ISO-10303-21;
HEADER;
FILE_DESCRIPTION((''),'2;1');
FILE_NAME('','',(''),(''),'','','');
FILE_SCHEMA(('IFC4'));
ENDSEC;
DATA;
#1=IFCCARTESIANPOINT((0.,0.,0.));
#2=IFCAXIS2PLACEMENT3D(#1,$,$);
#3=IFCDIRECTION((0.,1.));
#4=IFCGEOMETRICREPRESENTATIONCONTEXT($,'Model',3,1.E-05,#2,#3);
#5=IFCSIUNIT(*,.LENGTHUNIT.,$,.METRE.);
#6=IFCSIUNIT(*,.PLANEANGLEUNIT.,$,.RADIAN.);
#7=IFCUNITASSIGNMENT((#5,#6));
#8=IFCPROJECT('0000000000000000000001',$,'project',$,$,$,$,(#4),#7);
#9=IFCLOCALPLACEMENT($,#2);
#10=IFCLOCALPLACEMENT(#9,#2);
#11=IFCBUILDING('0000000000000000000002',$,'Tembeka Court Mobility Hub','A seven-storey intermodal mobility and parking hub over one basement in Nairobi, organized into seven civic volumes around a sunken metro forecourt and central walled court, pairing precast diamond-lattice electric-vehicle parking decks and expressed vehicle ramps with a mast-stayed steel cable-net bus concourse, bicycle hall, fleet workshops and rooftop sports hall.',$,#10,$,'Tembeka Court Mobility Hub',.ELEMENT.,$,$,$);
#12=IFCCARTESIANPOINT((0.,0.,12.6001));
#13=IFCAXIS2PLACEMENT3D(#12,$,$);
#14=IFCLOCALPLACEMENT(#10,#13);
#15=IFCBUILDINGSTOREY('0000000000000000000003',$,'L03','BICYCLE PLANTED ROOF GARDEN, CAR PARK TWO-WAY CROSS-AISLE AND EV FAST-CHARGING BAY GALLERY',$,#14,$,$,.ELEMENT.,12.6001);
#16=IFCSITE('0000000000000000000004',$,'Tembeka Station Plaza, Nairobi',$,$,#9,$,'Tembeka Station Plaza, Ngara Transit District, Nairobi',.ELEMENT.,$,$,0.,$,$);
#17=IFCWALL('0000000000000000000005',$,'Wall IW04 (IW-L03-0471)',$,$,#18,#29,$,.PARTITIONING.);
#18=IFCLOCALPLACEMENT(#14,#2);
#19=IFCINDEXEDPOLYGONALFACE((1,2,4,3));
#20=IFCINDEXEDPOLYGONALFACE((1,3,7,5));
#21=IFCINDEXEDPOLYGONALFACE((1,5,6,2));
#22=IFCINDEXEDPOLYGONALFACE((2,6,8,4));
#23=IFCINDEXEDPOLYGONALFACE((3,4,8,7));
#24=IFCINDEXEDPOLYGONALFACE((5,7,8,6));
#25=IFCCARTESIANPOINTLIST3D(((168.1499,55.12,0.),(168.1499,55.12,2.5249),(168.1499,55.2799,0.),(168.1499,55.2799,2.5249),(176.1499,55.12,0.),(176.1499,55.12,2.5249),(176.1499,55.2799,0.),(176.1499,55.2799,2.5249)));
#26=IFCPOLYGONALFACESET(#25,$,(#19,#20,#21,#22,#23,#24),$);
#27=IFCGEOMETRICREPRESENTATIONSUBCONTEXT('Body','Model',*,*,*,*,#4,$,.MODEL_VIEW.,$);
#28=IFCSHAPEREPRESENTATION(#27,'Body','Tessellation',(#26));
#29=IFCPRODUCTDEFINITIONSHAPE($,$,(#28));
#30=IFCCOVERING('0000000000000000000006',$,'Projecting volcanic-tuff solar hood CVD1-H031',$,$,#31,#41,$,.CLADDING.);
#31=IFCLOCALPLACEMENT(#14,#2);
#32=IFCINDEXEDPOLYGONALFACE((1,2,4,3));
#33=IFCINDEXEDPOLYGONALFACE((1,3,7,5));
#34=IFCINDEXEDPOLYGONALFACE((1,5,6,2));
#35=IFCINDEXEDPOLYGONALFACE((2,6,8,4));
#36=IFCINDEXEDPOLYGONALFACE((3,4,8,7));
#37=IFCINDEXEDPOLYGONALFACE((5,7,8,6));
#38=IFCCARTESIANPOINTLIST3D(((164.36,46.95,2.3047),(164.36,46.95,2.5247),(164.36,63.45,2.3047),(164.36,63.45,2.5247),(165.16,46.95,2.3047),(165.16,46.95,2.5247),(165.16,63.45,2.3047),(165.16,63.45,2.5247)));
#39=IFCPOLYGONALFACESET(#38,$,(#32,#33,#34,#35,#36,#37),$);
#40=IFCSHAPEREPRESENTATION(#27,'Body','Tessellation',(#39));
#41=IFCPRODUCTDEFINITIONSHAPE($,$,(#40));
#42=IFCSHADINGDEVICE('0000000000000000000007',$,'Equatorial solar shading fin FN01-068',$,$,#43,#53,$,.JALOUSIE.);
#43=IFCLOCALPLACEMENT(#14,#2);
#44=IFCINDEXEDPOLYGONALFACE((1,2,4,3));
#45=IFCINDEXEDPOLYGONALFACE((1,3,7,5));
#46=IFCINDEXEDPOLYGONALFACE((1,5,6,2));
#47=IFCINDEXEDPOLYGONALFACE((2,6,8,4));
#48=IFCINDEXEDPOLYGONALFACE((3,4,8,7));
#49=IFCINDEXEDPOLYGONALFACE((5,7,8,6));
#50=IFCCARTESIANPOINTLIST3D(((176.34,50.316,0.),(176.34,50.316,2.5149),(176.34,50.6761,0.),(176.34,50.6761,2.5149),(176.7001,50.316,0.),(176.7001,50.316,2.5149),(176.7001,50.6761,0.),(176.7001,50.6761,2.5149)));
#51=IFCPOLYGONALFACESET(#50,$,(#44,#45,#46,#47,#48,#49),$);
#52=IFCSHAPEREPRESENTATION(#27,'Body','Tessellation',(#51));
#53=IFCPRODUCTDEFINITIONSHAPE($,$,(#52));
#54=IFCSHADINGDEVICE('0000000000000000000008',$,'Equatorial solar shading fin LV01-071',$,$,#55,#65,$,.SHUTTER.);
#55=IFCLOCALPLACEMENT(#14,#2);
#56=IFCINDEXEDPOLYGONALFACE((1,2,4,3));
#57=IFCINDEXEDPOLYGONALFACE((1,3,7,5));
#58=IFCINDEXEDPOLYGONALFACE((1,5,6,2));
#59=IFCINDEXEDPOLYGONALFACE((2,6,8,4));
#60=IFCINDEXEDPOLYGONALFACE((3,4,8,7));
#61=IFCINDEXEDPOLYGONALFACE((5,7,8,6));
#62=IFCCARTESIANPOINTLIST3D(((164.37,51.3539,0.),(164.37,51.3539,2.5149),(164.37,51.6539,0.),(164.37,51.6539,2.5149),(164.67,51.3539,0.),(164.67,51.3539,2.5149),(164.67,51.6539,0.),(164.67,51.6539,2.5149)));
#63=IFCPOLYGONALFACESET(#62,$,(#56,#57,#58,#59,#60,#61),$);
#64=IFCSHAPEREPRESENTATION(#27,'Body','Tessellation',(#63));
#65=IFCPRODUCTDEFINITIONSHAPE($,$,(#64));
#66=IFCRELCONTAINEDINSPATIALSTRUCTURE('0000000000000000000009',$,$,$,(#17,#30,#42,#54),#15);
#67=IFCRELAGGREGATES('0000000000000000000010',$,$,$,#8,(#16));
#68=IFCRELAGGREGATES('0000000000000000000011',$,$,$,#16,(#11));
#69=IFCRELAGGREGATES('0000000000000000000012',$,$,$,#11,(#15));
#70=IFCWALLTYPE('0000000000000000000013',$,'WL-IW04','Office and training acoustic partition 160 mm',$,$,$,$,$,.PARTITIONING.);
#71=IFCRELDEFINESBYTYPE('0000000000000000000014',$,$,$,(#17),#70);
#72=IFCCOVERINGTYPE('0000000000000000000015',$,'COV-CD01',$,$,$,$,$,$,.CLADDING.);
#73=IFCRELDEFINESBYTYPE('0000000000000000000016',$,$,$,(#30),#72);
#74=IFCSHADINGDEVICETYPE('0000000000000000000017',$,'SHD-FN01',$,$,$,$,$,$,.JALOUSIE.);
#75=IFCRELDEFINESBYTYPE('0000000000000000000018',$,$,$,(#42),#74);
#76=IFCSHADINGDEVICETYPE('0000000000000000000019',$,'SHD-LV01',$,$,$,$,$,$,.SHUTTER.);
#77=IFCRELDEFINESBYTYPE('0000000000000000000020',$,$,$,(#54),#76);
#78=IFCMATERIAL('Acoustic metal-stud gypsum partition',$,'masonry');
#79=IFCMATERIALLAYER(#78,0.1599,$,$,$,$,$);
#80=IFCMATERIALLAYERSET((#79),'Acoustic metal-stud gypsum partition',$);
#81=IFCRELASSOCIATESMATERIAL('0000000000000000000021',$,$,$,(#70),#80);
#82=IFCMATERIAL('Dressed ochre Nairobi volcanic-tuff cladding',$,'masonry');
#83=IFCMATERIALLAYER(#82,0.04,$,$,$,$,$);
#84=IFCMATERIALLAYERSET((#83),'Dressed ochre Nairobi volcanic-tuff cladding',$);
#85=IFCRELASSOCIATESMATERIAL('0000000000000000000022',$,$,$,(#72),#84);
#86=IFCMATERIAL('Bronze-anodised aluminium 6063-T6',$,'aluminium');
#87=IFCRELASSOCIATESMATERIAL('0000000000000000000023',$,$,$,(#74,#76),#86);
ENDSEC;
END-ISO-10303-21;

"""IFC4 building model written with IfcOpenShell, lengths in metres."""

from ifc_helpers import new_model, si_unit, direction, frame, frame_2d, origin, origin_2d, place, context, subcontext, project, spatial, rectangle, extrude, material, layer, layer_set, material_profile, profile_set, type_object, element, save


model = new_model("IFC4")

# Units and contexts
model_context = context("Model", 3, precision=1e-05, world=origin(), true_north=direction((0.0, 1.0)))
body_context = subcontext(model_context, "Body", "Model", "MODEL_VIEW")
ifc_project = project(units=[si_unit("LENGTHUNIT", "METRE"), si_unit("PLANEANGLEUNIT", "RADIAN")], contexts=[model_context])

# Site, building, storey
site_placement = place(None, origin())
site = spatial("IfcSite", under=ifc_project, at=site_placement, Name="Tembeka Station Plaza, Nairobi", LongName="Tembeka Station Plaza, Ngara Transit District, Nairobi", CompositionType="ELEMENT", RefElevation=0.0)
building_placement = place(site_placement, origin())
building = spatial("IfcBuilding", under=site, at=building_placement, Name="Tembeka Court Mobility Hub", Description="A seven-storey intermodal mobility and parking hub over one basement in Nairobi, organized into seven civic volumes around a sunken metro forecourt and central walled court, pairing precast diamond-lattice electric-vehicle parking decks and expressed vehicle ramps with a mast-stayed steel cable-net bus concourse, bicycle hall, fleet workshops and rooftop sports hall.", LongName="Tembeka Court Mobility Hub", CompositionType="ELEMENT")
storey_placement = place(building_placement, frame((0.0, 0.0, 12.6001)))
storey = spatial("IfcBuildingStorey", under=building, at=storey_placement, Name="L03", Description="BICYCLE PLANTED ROOF GARDEN, CAR PARK TWO-WAY CROSS-AISLE AND EV FAST-CHARGING BAY GALLERY", CompositionType="ELEMENT", Elevation=12.6001)

# Wall
ifc_material_1 = material(Name="Acoustic metal-stud gypsum partition", Category="masonry")
ifc_layer_1 = layer(ifc_material_1, 0.1599)
ifc_layer_set_1 = layer_set([ifc_layer_1], Name="Acoustic metal-stud gypsum partition")
wall_type_1 = type_object("IfcWallType", Name="WL-IW04", Description="Office and training acoustic partition 160 mm", PredefinedType="PARTITIONING", material=ifc_layer_set_1)
wall_1_placement = place(storey_placement, frame((168.1499, 55.2, 0.0), z_axis=(0.0, 0.0, 1.0), x_axis=(1.0, 0.0, 0.0)))
element("IfcWall", 1, at=wall_1_placement, inside=storey, type_object=wall_type_1, Name="Wall IW04 (IW-L03-0471)", PredefinedType="PARTITIONING", context=body_context, shape_type="SweptSolid", body=[
    extrude(rectangle(XDim=8.0, YDim=0.1599, at=frame_2d((4.0, 0.0))), origin(), (0.0, 0.0, 1.0), 2.5249),
])

# Covering
ifc_material_2 = material(Name="Dressed ochre Nairobi volcanic-tuff cladding", Category="masonry")
ifc_layer_2 = layer(ifc_material_2, 0.04)
ifc_layer_set_2 = layer_set([ifc_layer_2], Name="Dressed ochre Nairobi volcanic-tuff cladding")
covering_type = type_object("IfcCoveringType", Name="COV-CD01", PredefinedType="CLADDING", material=ifc_layer_set_2)
covering_placement = place(storey_placement, frame((164.76, 55.2, 2.3047), z_axis=(0.0, 0.0, 1.0), x_axis=(0.0, 1.0, 0.0)))
element("IfcCovering", 2, at=covering_placement, inside=storey, type_object=covering_type, Name="Projecting volcanic-tuff solar hood CVD1-H031", PredefinedType="CLADDING", context=body_context, shape_type="SweptSolid", body=[
    extrude(rectangle(XDim=16.5, YDim=0.8, at=origin_2d()), origin(), (0.0, 0.0, 1.0), 0.22),
])

# Shading devices
ifc_material_3 = material(Name="Bronze-anodised aluminium 6063-T6", Category="aluminium")
ifc_material_profile_1 = material_profile(ifc_material_3, rectangle(XDim=0.3601, YDim=0.3601, at=origin_2d()), Name="ALU-FIN 360x360")
ifc_profile_set_1 = profile_set([ifc_material_profile_1], Name="Bronze-anodised aluminium 6063-T6")
shading_device_type_1 = type_object("IfcShadingDeviceType", Name="SHD-FN01", PredefinedType="JALOUSIE", material=ifc_profile_set_1)
shading_device_1_placement = place(storey_placement, frame((176.52, 50.4961, 0.0), z_axis=(0.0, 0.0, 1.0), x_axis=(1.0, 0.0, 0.0)))
element("IfcShadingDevice", 3, at=shading_device_1_placement, inside=storey, type_object=shading_device_type_1, Name="Equatorial solar shading fin FN01-068", PredefinedType="JALOUSIE", context=body_context, shape_type="SweptSolid", body=[
    extrude(rectangle(XDim=0.3601, YDim=0.3601, at=origin_2d()), origin(), (0.0, 0.0, 1.0), 2.5149),
])
ifc_material_profile_2 = material_profile(ifc_material_3, rectangle(XDim=0.3, YDim=0.3, at=origin_2d()), Name="ALU-LVR 300x300")
ifc_profile_set_2 = profile_set([ifc_material_profile_2], Name="Bronze-anodised aluminium 6063-T6")
shading_device_type_2 = type_object("IfcShadingDeviceType", Name="SHD-LV01", PredefinedType="SHUTTER", material=ifc_profile_set_2)
shading_device_2_placement = place(storey_placement, frame((164.52, 51.5039, 0.0), z_axis=(0.0, 0.0, 1.0), x_axis=(1.0, 0.0, 0.0)))
element("IfcShadingDevice", 4, at=shading_device_2_placement, inside=storey, type_object=shading_device_type_2, Name="Equatorial solar shading fin LV01-071", PredefinedType="SHUTTER", context=body_context, shape_type="SweptSolid", body=[
    extrude(rectangle(XDim=0.3, YDim=0.3, at=origin_2d()), origin(), (0.0, 0.0, 1.0), 2.5149),
])

save(model, "model.ifc")
